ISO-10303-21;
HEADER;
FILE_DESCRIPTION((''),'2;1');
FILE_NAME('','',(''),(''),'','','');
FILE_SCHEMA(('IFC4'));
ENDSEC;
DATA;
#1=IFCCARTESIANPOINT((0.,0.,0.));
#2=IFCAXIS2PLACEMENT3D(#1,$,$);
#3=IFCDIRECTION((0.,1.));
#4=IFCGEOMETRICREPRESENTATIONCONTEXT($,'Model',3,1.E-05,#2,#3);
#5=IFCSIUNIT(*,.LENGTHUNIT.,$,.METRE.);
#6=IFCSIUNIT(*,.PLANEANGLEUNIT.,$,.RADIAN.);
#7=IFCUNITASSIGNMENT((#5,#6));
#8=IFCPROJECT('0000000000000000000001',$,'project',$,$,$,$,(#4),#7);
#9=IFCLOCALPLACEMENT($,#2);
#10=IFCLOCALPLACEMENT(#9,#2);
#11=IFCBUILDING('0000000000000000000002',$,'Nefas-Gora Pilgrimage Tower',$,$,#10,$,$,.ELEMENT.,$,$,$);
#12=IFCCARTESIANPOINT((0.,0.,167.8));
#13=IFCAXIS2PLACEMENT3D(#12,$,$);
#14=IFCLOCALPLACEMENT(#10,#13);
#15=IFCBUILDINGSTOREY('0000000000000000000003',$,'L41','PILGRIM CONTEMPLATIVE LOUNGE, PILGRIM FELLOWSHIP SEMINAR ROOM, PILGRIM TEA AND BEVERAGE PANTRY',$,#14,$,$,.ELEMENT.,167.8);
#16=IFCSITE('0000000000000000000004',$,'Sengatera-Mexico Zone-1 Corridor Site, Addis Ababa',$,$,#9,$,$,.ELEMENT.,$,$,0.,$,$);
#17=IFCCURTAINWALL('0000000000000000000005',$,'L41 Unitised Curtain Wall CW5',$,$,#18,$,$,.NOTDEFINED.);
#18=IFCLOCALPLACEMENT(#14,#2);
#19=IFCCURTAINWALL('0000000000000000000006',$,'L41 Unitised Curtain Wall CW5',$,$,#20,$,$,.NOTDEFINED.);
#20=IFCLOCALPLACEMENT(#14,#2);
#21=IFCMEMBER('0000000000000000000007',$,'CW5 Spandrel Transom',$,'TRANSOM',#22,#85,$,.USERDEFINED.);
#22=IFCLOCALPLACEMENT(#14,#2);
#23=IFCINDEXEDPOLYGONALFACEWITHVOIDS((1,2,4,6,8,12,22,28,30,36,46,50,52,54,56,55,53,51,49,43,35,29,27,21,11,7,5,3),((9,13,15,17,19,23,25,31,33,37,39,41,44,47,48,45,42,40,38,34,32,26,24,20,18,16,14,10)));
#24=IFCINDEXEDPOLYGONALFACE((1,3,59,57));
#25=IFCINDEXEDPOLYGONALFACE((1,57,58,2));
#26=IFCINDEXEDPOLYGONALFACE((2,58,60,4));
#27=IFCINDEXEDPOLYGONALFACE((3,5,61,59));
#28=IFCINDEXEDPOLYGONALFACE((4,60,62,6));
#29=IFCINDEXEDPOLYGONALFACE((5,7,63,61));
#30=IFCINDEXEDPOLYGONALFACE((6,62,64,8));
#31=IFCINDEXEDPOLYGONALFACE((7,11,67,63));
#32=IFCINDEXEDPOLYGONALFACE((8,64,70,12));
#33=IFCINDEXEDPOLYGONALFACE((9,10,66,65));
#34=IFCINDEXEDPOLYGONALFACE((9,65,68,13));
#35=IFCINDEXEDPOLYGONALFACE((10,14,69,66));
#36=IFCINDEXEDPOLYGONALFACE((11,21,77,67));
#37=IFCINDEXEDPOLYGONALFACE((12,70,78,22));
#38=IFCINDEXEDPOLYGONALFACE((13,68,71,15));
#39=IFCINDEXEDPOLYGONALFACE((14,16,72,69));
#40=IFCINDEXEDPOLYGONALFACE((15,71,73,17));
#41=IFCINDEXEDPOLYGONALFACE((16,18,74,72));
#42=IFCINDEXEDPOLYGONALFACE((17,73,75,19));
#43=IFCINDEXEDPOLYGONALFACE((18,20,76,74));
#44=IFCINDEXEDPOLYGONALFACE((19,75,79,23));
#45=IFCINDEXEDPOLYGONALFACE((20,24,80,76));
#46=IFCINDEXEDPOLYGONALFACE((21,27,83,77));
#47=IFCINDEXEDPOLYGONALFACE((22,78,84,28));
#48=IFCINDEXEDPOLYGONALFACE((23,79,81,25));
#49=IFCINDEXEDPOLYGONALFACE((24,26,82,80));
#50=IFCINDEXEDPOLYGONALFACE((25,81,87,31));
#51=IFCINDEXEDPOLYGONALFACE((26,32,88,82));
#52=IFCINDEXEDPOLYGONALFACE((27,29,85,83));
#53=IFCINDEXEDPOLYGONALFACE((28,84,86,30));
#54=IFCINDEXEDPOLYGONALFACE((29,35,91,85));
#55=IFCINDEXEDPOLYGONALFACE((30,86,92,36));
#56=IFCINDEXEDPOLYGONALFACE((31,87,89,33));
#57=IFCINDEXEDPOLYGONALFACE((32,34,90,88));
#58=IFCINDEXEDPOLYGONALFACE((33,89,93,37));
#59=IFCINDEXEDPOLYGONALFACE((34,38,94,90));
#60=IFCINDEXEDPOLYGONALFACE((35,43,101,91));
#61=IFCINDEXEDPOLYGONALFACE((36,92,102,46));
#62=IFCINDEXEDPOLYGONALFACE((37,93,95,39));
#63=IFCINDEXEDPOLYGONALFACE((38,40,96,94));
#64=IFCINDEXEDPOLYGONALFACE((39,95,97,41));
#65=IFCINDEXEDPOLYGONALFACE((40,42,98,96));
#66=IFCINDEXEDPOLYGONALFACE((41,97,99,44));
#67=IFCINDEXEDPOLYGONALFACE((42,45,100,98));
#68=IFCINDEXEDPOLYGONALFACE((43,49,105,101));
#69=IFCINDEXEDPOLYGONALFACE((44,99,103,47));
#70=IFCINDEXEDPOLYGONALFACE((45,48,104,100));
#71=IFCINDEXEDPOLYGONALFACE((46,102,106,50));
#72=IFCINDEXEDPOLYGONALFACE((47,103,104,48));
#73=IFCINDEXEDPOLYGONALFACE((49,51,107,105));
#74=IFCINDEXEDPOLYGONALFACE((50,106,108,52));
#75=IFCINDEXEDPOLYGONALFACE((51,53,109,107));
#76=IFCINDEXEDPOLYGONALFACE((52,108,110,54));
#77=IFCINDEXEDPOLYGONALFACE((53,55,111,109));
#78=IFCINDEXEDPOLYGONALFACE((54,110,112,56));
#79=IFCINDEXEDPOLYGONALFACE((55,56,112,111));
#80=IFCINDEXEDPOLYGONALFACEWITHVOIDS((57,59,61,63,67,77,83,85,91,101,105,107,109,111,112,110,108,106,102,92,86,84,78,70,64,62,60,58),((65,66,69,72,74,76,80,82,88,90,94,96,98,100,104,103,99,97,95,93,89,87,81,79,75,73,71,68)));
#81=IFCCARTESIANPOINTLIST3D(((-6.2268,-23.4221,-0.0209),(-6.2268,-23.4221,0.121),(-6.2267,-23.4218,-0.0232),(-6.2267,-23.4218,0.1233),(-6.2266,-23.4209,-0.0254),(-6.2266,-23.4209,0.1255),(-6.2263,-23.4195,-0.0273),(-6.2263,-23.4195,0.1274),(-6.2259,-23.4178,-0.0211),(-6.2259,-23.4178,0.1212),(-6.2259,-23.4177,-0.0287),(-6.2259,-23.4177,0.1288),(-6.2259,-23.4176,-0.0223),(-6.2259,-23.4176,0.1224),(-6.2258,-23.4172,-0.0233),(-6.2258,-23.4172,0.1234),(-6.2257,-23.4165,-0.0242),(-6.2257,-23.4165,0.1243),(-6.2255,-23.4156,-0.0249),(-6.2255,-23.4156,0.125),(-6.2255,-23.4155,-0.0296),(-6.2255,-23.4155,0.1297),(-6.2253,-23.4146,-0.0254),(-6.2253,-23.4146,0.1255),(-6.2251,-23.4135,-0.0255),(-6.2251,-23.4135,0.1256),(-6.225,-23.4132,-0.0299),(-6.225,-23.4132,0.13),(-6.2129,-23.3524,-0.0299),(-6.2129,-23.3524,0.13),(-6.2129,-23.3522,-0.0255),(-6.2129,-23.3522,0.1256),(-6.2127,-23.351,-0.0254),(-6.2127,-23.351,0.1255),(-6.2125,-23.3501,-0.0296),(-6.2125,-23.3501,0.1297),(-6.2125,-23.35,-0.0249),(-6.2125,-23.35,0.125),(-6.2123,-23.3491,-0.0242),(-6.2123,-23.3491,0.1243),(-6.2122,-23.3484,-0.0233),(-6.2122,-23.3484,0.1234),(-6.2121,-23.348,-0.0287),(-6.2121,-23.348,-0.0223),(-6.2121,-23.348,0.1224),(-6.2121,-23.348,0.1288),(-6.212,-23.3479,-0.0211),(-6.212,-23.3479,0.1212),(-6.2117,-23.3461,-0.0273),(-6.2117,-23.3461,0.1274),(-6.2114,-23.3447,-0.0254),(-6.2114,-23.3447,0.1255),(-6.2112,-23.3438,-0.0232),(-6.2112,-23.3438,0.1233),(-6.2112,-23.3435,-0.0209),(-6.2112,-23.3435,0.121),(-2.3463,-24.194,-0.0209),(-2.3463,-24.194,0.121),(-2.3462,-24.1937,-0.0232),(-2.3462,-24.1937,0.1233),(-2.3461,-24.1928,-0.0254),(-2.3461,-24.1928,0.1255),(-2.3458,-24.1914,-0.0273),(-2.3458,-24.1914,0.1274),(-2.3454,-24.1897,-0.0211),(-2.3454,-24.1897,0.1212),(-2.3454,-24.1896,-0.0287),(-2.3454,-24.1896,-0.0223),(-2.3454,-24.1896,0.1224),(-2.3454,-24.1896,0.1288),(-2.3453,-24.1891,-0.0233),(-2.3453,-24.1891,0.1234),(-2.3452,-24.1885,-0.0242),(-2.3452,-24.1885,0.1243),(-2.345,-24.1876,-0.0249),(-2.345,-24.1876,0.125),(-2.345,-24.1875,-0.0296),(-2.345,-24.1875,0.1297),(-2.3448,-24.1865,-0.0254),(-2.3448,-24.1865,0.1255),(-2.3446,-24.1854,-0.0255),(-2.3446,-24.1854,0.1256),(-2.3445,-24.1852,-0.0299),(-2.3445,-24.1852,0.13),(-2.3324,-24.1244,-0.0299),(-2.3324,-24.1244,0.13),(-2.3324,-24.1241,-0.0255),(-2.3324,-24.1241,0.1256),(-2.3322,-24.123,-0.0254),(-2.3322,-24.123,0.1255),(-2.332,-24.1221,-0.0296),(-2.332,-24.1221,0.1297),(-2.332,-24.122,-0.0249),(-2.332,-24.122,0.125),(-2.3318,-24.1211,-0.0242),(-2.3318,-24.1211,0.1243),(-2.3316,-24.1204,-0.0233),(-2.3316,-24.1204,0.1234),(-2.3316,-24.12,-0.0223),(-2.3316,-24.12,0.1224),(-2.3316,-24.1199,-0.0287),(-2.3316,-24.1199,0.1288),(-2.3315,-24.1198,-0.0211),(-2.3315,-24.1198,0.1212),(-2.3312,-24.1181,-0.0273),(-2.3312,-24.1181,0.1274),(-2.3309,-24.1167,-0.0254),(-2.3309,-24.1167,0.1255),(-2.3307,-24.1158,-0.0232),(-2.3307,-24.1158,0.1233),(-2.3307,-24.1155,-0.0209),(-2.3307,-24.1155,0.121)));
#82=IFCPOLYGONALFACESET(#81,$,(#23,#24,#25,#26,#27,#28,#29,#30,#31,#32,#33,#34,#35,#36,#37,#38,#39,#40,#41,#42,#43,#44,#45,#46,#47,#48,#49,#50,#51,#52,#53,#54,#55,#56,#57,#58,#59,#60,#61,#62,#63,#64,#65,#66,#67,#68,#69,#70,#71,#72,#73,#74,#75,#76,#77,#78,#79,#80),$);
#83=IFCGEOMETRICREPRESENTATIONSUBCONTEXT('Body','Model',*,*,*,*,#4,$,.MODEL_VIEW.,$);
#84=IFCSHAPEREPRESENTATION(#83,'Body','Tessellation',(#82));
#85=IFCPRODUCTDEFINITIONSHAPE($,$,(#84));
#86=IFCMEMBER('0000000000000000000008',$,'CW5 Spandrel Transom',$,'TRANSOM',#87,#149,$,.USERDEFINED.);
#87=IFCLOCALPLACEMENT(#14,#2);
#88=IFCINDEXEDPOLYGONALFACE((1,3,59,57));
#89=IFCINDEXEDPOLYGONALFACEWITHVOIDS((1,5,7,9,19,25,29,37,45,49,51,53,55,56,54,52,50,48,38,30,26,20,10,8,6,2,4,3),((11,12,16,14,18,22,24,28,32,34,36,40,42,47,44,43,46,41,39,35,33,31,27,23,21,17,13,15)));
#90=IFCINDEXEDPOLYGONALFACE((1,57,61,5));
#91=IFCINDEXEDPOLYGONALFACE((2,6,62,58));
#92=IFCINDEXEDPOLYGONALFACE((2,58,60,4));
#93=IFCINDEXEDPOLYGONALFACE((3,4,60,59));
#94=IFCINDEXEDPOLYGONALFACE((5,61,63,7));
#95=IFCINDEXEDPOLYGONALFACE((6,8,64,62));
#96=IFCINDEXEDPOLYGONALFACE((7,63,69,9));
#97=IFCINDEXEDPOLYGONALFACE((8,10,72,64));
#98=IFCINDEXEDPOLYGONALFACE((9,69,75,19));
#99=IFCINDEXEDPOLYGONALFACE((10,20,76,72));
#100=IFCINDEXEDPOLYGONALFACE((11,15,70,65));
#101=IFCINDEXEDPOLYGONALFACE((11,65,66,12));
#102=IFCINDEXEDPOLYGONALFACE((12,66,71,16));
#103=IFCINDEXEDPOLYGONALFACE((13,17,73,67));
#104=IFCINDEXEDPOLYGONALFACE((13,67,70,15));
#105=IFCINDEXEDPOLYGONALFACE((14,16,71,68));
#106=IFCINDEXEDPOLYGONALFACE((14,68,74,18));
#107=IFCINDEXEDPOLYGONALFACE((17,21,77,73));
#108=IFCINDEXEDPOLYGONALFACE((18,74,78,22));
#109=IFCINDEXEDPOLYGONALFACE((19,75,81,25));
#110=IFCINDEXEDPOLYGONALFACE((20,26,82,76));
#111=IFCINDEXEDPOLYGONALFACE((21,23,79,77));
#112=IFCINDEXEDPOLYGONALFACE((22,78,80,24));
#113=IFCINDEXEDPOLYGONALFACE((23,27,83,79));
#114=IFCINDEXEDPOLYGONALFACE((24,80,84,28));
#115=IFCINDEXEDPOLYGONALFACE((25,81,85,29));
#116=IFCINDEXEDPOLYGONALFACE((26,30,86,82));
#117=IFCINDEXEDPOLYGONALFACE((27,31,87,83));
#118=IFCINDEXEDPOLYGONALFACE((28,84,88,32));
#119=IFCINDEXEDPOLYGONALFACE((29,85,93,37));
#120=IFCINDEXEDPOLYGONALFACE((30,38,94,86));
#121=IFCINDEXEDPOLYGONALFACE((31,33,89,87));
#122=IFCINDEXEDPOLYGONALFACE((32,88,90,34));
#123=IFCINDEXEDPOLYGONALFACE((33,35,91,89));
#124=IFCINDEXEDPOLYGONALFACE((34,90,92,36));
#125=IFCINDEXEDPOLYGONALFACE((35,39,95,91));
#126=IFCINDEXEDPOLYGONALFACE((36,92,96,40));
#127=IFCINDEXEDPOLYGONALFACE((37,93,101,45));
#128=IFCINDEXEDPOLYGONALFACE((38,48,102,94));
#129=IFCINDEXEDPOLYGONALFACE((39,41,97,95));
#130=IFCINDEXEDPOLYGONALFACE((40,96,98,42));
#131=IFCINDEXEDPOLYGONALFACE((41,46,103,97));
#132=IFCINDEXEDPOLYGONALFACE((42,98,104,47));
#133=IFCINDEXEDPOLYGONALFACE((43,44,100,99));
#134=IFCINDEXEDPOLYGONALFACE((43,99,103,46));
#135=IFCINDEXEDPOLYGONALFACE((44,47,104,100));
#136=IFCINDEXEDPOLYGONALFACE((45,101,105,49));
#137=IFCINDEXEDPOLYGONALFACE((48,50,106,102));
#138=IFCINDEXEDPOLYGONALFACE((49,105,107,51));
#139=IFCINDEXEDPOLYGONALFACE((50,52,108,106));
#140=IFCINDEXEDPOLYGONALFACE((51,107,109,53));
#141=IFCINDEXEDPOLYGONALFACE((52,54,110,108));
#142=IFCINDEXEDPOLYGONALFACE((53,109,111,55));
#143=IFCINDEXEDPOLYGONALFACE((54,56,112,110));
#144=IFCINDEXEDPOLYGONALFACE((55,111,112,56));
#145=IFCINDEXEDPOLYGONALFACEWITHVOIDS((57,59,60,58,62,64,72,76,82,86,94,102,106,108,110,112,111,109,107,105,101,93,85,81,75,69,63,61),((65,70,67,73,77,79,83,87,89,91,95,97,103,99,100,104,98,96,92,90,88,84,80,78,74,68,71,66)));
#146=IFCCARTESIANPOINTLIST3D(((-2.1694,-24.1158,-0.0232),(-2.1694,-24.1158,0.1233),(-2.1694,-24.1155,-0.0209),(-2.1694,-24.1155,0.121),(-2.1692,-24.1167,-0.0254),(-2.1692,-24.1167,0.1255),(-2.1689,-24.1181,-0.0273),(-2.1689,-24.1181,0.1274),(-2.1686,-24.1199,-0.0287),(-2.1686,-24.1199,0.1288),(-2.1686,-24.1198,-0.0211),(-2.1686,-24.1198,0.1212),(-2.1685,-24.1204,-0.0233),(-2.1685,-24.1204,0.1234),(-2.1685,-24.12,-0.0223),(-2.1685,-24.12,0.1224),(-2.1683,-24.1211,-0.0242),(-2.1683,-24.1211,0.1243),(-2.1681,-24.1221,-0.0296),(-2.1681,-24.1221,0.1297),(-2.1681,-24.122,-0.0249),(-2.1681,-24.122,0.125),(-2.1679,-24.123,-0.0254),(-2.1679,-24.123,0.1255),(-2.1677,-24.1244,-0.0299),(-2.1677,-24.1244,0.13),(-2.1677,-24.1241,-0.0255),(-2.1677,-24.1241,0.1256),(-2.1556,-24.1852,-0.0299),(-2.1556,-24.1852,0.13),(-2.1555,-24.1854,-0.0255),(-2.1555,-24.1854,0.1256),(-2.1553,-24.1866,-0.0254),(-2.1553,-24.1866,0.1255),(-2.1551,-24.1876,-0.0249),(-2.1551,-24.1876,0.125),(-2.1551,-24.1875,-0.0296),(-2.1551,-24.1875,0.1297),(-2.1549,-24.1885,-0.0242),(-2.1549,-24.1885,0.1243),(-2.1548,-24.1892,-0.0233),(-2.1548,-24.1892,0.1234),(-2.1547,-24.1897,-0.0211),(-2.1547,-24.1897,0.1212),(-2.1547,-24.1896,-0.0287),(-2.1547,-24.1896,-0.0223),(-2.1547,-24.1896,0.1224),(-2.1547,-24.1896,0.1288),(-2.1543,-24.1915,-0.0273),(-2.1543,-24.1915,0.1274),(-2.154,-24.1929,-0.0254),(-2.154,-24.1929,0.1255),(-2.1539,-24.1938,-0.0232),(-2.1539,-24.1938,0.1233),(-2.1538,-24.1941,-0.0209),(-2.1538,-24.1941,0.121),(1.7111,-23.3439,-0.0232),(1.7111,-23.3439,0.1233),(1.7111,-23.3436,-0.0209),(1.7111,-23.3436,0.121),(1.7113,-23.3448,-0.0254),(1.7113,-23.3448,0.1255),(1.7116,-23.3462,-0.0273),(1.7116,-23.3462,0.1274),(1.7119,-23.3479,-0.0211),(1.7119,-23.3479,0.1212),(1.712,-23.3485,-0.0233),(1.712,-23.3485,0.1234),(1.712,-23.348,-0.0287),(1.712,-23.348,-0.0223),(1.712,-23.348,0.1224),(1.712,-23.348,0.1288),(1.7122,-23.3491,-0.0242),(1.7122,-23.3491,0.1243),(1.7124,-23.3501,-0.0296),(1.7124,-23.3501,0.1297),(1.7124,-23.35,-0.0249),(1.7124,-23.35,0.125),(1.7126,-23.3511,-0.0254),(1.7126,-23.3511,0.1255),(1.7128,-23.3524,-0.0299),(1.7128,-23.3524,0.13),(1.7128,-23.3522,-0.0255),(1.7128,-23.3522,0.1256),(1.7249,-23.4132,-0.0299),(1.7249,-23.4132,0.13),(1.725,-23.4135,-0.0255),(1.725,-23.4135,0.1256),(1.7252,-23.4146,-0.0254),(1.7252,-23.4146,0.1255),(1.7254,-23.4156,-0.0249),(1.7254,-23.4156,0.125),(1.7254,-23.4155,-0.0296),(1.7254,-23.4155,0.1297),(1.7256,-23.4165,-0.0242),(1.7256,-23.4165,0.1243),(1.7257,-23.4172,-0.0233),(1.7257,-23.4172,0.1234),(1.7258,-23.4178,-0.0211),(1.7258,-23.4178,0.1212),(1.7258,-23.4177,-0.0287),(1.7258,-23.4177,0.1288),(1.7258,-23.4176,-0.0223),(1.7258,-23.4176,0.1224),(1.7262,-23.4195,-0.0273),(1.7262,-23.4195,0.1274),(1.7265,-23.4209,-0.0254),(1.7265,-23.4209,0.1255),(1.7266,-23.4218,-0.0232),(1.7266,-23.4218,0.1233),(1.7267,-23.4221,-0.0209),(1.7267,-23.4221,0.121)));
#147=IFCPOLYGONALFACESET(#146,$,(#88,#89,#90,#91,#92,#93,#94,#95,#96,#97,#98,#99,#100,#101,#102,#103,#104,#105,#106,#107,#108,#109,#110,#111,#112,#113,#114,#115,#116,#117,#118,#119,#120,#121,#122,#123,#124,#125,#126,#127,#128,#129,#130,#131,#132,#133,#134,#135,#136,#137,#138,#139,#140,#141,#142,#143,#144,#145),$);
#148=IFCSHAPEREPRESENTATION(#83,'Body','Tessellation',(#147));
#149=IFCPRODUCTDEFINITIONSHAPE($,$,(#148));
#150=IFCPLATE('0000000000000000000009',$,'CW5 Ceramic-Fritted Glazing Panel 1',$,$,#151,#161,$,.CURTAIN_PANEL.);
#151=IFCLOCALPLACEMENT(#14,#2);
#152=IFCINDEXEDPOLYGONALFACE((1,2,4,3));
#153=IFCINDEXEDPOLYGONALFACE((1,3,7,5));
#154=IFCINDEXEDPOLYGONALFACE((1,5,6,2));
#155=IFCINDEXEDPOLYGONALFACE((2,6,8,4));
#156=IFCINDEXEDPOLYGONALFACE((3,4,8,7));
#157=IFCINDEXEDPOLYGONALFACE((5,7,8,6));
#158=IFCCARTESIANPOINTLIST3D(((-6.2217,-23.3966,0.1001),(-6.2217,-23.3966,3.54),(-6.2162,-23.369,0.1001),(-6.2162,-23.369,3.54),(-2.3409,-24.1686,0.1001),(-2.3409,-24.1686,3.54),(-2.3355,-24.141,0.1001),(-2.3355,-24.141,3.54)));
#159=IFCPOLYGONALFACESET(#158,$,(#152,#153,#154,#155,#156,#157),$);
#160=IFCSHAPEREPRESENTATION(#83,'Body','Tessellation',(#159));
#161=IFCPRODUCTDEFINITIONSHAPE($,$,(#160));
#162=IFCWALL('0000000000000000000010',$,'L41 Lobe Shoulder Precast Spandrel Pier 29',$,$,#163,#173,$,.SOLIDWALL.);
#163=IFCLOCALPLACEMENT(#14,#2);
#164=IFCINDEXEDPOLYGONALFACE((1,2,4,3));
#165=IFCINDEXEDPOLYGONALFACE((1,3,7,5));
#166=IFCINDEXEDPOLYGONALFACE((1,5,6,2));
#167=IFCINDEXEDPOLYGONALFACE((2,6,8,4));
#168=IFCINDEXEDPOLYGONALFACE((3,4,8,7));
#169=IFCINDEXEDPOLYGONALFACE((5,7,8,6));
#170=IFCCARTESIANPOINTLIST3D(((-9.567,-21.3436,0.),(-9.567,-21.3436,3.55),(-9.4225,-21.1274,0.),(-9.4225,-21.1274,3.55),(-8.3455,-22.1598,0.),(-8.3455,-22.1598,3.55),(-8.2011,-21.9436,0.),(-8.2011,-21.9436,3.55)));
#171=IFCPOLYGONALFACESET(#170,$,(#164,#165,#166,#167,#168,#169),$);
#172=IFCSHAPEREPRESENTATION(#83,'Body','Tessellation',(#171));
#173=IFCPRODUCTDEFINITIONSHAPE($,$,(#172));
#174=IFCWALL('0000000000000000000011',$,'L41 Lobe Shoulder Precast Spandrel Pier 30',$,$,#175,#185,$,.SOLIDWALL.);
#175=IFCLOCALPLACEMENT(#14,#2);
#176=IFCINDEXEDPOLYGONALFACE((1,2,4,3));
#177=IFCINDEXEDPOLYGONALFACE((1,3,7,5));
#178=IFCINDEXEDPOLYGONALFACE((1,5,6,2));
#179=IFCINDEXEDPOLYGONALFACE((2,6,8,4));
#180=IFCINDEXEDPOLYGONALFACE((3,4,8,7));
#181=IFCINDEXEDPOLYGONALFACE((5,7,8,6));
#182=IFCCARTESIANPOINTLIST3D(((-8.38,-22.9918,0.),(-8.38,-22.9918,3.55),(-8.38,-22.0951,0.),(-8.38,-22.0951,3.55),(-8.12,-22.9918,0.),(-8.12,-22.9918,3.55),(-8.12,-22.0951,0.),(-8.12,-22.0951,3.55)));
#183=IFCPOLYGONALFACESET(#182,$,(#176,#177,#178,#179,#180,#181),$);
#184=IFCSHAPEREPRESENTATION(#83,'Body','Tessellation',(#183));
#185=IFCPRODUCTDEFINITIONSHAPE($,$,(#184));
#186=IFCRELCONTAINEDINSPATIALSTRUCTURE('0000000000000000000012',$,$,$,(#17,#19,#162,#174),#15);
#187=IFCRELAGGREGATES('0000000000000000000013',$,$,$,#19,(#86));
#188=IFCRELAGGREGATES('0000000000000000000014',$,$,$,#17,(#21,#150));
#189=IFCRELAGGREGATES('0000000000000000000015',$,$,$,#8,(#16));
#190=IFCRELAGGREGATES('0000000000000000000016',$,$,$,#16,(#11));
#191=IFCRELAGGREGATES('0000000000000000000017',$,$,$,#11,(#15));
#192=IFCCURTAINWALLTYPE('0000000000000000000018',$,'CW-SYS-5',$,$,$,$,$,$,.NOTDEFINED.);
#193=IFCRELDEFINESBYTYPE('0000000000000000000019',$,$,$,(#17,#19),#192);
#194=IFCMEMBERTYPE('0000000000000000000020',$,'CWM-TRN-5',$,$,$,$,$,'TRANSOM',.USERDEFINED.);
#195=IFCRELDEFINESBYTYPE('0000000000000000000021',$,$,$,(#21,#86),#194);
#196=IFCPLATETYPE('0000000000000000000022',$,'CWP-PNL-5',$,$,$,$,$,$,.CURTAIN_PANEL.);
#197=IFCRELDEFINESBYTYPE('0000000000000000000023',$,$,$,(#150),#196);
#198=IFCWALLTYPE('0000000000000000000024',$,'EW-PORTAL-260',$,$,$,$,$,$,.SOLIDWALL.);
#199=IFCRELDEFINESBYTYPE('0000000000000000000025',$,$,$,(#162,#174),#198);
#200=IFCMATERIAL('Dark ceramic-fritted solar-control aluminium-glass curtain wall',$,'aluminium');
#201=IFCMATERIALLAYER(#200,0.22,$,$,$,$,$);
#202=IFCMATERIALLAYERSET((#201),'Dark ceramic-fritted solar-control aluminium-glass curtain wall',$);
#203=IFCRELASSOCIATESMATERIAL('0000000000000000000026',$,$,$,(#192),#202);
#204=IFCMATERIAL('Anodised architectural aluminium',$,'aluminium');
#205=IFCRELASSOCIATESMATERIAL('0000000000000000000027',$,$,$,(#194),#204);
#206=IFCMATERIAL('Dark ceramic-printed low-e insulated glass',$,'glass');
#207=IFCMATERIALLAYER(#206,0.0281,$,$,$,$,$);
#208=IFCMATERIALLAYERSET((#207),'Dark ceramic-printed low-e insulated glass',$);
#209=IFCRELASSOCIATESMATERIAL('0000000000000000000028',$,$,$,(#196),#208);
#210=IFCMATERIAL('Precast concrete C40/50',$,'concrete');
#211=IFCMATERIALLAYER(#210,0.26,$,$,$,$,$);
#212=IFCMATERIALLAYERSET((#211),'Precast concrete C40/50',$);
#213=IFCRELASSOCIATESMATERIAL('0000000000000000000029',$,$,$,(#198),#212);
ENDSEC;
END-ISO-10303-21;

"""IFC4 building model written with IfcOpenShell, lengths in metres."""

from ifc_helpers import new_model, si_unit, direction, frame, frame_2d, origin, origin_2d, place, context, subcontext, project, spatial, rectangle, hollow_rectangle, extrude, source, transform, mapped, material, layer, layer_set, material_profile, profile_set, type_object, element, aggregate, save


model = new_model("IFC4")

# Units and contexts
model_context = context("Model", 3, precision=1e-05, world=origin(), true_north=direction((0.0, 1.0)))
body_context = subcontext(model_context, "Body", "Model", "MODEL_VIEW")
ifc_project = project(units=[si_unit("LENGTHUNIT", "METRE"), si_unit("PLANEANGLEUNIT", "RADIAN")], contexts=[model_context])

# Site, building, storey
site_placement = place(None, origin())
site = spatial("IfcSite", under=ifc_project, at=site_placement, Name="Sengatera-Mexico Zone-1 Corridor Site, Addis Ababa", CompositionType="ELEMENT", RefElevation=0.0)
building_placement = place(site_placement, origin())
building = spatial("IfcBuilding", under=site, at=building_placement, Name="Nefas-Gora Pilgrimage Tower", CompositionType="ELEMENT")
storey_placement = place(building_placement, frame((0.0, 0.0, 167.8)))
storey = spatial("IfcBuildingStorey", under=building, at=storey_placement, Name="L41", Description="PILGRIM CONTEMPLATIVE LOUNGE, PILGRIM FELLOWSHIP SEMINAR ROOM, PILGRIM TEA AND BEVERAGE PANTRY", CompositionType="ELEMENT", Elevation=167.8)

# Shared definitions
ifc_material_1 = material(Name="Dark ceramic-fritted solar-control aluminium-glass curtain wall", Category="aluminium")
ifc_layer_1 = layer(ifc_material_1, 0.22)
ifc_layer_set_1 = layer_set([ifc_layer_1], Name="Dark ceramic-fritted solar-control aluminium-glass curtain wall")
curtain_wall_type = type_object("IfcCurtainWallType", Name="CW-SYS-5", PredefinedType="NOTDEFINED", material=ifc_layer_set_1)
ifc_material_2 = material(Name="Anodised architectural aluminium", Category="aluminium")

# Curtain wall
curtain_wall_1_placement = place(storey_placement, origin())
curtain_wall_1 = element("IfcCurtainWall", 1, at=curtain_wall_1_placement, inside=storey, type_object=curtain_wall_type, Name="L41 Unitised Curtain Wall CW5", PredefinedType="NOTDEFINED")

# Curtain wall
curtain_wall_2_placement = place(storey_placement, origin())
curtain_wall_2 = element("IfcCurtainWall", 2, at=curtain_wall_2_placement, inside=storey, type_object=curtain_wall_type, Name="L41 Unitised Curtain Wall CW5", PredefinedType="NOTDEFINED")

# Members
ifc_material_profile_1 = material_profile(ifc_material_2, hollow_rectangle(XDim=0.0801, YDim=0.1599, WallThickness=0.0044, InnerFilletRadius=0.0044, OuterFilletRadius=0.009, at=origin_2d()), Name="ALU TRANSOM 80x160")
ifc_profile_set_1 = profile_set([ifc_material_profile_1], Name="Anodised architectural aluminium")
member_type_1 = type_object("IfcMemberType", Name="CWM-TRN-5", ElementType="TRANSOM", PredefinedType="USERDEFINED", material=ifc_profile_set_1)
shared_shape_1 = source(origin(), body_context, "Body", "SweptSolid", [
    extrude(hollow_rectangle(XDim=0.0801, YDim=0.1599, WallThickness=0.0044, InnerFilletRadius=0.0044, OuterFilletRadius=0.009, at=origin_2d()), origin(), (0.0, 0.0, 1.0), 3.9565),
])
member_1_placement = place(storey_placement, frame((-6.219, -23.3828, 0.05), z_axis=(0.980782, -0.195107, 0.0), x_axis=(0.195107, 0.980782, 0.0)))
member_1 = element("IfcMember", 3, at=member_1_placement, type_object=member_type_1, Name="CW5 Spandrel Transom", ObjectType="TRANSOM", PredefinedType="USERDEFINED", context=body_context, shape_type="MappedRepresentation", body=[
    mapped(shared_shape_1, transform((0.0, 0.0, 0.0), x_axis=(1.0, 0.0, 0.0), y_axis=(0.0, 1.0, 0.0), z_axis=(0.0, 0.0, 1.0), scale=1.0)),
])
member_2_placement = place(storey_placement, frame((-2.1616, -24.1548, 0.05), z_axis=(0.980782, 0.195107, 0.0), x_axis=(-0.195107, 0.980782, 0.0)))
member_2 = element("IfcMember", 4, at=member_2_placement, type_object=member_type_1, Name="CW5 Spandrel Transom", ObjectType="TRANSOM", PredefinedType="USERDEFINED", context=body_context, shape_type="MappedRepresentation", body=[
    mapped(shared_shape_1, transform((0.0, 0.0, 0.0), x_axis=(1.0, 0.0, 0.0), y_axis=(0.0, 1.0, 0.0), z_axis=(0.0, 0.0, 1.0), scale=1.0)),
])
aggregate(curtain_wall_2, [member_2])

# Plate
ifc_material_3 = material(Name="Dark ceramic-printed low-e insulated glass", Category="glass")
ifc_layer_2 = layer(ifc_material_3, 0.0281)
ifc_layer_set_2 = layer_set([ifc_layer_2], Name="Dark ceramic-printed low-e insulated glass")
plate_type = type_object("IfcPlateType", Name="CWP-PNL-5", PredefinedType="CURTAIN_PANEL", material=ifc_layer_set_2)
shared_shape_2 = source(origin(), body_context, "Body", "SweptSolid", [
    extrude(rectangle(XDim=3.9568, YDim=0.0281, at=origin_2d()), origin(), (0.0, 0.0, 1.0), 3.4399),
])
plate_placement = place(storey_placement, frame((-4.2786, -23.7688, 0.1001), z_axis=(0.0, 0.0, 1.0), x_axis=(0.980783, -0.195102, 0.0)))
plate = element("IfcPlate", 5, at=plate_placement, type_object=plate_type, Name="CW5 Ceramic-Fritted Glazing Panel 1", PredefinedType="CURTAIN_PANEL", context=body_context, shape_type="MappedRepresentation", body=[
    mapped(shared_shape_2, transform((0.0, 0.0, 0.0), x_axis=(1.0, 0.0, 0.0), y_axis=(0.0, 1.0, 0.0), z_axis=(0.0, 0.0, 1.0), scale=1.0)),
])
aggregate(curtain_wall_1, [member_1, plate])

# Walls
ifc_material_4 = material(Name="Precast concrete C40/50", Category="concrete")
ifc_layer_3 = layer(ifc_material_4, 0.26)
ifc_layer_set_3 = layer_set([ifc_layer_3], Name="Precast concrete C40/50")
wall_type_1 = type_object("IfcWallType", Name="EW-PORTAL-260", PredefinedType="SOLIDWALL", material=ifc_layer_set_3)
shared_shape_3 = source(origin(), body_context, "Body", "SweptSolid", [
    extrude(rectangle(XDim=1.469, YDim=0.26, at=frame_2d((0.7344, 0.0))), origin(), (0.0, 0.0, 1.0), 3.55),
])
wall_1_placement = place(storey_placement, frame((-9.4946, -21.2356, 0.0), z_axis=(0.0, 0.0, 1.0), x_axis=(0.831462, -0.555582, 0.0)))
element("IfcWall", 6, at=wall_1_placement, inside=storey, type_object=wall_type_1, Name="L41 Lobe Shoulder Precast Spandrel Pier 29", PredefinedType="SOLIDWALL", context=body_context, shape_type="MappedRepresentation", body=[
    mapped(shared_shape_3, transform((0.0, 0.0, 0.0), x_axis=(1.0, 0.0, 0.0), y_axis=(0.0, 1.0, 0.0), z_axis=(0.0, 0.0, 1.0), scale=1.0)),
])
shared_shape_4 = source(origin(), body_context, "Body", "SweptSolid", [
    extrude(rectangle(XDim=0.8967, YDim=0.26, at=frame_2d((0.4482, 0.0))), origin(), (0.0, 0.0, 1.0), 3.55),
])
wall_2_placement = place(storey_placement, frame((-8.25, -22.0952, 0.0), z_axis=(0.0, 0.0, 1.0), x_axis=(0.0, -1.0, 0.0)))
element("IfcWall", 7, at=wall_2_placement, inside=storey, type_object=wall_type_1, Name="L41 Lobe Shoulder Precast Spandrel Pier 30", PredefinedType="SOLIDWALL", context=body_context, shape_type="MappedRepresentation", body=[
    mapped(shared_shape_4, transform((0.0, 0.0, 0.0), x_axis=(1.0, 0.0, 0.0), y_axis=(0.0, 1.0, 0.0), z_axis=(0.0, 0.0, 1.0), scale=1.0)),
])

save(model, "model.ifc")
